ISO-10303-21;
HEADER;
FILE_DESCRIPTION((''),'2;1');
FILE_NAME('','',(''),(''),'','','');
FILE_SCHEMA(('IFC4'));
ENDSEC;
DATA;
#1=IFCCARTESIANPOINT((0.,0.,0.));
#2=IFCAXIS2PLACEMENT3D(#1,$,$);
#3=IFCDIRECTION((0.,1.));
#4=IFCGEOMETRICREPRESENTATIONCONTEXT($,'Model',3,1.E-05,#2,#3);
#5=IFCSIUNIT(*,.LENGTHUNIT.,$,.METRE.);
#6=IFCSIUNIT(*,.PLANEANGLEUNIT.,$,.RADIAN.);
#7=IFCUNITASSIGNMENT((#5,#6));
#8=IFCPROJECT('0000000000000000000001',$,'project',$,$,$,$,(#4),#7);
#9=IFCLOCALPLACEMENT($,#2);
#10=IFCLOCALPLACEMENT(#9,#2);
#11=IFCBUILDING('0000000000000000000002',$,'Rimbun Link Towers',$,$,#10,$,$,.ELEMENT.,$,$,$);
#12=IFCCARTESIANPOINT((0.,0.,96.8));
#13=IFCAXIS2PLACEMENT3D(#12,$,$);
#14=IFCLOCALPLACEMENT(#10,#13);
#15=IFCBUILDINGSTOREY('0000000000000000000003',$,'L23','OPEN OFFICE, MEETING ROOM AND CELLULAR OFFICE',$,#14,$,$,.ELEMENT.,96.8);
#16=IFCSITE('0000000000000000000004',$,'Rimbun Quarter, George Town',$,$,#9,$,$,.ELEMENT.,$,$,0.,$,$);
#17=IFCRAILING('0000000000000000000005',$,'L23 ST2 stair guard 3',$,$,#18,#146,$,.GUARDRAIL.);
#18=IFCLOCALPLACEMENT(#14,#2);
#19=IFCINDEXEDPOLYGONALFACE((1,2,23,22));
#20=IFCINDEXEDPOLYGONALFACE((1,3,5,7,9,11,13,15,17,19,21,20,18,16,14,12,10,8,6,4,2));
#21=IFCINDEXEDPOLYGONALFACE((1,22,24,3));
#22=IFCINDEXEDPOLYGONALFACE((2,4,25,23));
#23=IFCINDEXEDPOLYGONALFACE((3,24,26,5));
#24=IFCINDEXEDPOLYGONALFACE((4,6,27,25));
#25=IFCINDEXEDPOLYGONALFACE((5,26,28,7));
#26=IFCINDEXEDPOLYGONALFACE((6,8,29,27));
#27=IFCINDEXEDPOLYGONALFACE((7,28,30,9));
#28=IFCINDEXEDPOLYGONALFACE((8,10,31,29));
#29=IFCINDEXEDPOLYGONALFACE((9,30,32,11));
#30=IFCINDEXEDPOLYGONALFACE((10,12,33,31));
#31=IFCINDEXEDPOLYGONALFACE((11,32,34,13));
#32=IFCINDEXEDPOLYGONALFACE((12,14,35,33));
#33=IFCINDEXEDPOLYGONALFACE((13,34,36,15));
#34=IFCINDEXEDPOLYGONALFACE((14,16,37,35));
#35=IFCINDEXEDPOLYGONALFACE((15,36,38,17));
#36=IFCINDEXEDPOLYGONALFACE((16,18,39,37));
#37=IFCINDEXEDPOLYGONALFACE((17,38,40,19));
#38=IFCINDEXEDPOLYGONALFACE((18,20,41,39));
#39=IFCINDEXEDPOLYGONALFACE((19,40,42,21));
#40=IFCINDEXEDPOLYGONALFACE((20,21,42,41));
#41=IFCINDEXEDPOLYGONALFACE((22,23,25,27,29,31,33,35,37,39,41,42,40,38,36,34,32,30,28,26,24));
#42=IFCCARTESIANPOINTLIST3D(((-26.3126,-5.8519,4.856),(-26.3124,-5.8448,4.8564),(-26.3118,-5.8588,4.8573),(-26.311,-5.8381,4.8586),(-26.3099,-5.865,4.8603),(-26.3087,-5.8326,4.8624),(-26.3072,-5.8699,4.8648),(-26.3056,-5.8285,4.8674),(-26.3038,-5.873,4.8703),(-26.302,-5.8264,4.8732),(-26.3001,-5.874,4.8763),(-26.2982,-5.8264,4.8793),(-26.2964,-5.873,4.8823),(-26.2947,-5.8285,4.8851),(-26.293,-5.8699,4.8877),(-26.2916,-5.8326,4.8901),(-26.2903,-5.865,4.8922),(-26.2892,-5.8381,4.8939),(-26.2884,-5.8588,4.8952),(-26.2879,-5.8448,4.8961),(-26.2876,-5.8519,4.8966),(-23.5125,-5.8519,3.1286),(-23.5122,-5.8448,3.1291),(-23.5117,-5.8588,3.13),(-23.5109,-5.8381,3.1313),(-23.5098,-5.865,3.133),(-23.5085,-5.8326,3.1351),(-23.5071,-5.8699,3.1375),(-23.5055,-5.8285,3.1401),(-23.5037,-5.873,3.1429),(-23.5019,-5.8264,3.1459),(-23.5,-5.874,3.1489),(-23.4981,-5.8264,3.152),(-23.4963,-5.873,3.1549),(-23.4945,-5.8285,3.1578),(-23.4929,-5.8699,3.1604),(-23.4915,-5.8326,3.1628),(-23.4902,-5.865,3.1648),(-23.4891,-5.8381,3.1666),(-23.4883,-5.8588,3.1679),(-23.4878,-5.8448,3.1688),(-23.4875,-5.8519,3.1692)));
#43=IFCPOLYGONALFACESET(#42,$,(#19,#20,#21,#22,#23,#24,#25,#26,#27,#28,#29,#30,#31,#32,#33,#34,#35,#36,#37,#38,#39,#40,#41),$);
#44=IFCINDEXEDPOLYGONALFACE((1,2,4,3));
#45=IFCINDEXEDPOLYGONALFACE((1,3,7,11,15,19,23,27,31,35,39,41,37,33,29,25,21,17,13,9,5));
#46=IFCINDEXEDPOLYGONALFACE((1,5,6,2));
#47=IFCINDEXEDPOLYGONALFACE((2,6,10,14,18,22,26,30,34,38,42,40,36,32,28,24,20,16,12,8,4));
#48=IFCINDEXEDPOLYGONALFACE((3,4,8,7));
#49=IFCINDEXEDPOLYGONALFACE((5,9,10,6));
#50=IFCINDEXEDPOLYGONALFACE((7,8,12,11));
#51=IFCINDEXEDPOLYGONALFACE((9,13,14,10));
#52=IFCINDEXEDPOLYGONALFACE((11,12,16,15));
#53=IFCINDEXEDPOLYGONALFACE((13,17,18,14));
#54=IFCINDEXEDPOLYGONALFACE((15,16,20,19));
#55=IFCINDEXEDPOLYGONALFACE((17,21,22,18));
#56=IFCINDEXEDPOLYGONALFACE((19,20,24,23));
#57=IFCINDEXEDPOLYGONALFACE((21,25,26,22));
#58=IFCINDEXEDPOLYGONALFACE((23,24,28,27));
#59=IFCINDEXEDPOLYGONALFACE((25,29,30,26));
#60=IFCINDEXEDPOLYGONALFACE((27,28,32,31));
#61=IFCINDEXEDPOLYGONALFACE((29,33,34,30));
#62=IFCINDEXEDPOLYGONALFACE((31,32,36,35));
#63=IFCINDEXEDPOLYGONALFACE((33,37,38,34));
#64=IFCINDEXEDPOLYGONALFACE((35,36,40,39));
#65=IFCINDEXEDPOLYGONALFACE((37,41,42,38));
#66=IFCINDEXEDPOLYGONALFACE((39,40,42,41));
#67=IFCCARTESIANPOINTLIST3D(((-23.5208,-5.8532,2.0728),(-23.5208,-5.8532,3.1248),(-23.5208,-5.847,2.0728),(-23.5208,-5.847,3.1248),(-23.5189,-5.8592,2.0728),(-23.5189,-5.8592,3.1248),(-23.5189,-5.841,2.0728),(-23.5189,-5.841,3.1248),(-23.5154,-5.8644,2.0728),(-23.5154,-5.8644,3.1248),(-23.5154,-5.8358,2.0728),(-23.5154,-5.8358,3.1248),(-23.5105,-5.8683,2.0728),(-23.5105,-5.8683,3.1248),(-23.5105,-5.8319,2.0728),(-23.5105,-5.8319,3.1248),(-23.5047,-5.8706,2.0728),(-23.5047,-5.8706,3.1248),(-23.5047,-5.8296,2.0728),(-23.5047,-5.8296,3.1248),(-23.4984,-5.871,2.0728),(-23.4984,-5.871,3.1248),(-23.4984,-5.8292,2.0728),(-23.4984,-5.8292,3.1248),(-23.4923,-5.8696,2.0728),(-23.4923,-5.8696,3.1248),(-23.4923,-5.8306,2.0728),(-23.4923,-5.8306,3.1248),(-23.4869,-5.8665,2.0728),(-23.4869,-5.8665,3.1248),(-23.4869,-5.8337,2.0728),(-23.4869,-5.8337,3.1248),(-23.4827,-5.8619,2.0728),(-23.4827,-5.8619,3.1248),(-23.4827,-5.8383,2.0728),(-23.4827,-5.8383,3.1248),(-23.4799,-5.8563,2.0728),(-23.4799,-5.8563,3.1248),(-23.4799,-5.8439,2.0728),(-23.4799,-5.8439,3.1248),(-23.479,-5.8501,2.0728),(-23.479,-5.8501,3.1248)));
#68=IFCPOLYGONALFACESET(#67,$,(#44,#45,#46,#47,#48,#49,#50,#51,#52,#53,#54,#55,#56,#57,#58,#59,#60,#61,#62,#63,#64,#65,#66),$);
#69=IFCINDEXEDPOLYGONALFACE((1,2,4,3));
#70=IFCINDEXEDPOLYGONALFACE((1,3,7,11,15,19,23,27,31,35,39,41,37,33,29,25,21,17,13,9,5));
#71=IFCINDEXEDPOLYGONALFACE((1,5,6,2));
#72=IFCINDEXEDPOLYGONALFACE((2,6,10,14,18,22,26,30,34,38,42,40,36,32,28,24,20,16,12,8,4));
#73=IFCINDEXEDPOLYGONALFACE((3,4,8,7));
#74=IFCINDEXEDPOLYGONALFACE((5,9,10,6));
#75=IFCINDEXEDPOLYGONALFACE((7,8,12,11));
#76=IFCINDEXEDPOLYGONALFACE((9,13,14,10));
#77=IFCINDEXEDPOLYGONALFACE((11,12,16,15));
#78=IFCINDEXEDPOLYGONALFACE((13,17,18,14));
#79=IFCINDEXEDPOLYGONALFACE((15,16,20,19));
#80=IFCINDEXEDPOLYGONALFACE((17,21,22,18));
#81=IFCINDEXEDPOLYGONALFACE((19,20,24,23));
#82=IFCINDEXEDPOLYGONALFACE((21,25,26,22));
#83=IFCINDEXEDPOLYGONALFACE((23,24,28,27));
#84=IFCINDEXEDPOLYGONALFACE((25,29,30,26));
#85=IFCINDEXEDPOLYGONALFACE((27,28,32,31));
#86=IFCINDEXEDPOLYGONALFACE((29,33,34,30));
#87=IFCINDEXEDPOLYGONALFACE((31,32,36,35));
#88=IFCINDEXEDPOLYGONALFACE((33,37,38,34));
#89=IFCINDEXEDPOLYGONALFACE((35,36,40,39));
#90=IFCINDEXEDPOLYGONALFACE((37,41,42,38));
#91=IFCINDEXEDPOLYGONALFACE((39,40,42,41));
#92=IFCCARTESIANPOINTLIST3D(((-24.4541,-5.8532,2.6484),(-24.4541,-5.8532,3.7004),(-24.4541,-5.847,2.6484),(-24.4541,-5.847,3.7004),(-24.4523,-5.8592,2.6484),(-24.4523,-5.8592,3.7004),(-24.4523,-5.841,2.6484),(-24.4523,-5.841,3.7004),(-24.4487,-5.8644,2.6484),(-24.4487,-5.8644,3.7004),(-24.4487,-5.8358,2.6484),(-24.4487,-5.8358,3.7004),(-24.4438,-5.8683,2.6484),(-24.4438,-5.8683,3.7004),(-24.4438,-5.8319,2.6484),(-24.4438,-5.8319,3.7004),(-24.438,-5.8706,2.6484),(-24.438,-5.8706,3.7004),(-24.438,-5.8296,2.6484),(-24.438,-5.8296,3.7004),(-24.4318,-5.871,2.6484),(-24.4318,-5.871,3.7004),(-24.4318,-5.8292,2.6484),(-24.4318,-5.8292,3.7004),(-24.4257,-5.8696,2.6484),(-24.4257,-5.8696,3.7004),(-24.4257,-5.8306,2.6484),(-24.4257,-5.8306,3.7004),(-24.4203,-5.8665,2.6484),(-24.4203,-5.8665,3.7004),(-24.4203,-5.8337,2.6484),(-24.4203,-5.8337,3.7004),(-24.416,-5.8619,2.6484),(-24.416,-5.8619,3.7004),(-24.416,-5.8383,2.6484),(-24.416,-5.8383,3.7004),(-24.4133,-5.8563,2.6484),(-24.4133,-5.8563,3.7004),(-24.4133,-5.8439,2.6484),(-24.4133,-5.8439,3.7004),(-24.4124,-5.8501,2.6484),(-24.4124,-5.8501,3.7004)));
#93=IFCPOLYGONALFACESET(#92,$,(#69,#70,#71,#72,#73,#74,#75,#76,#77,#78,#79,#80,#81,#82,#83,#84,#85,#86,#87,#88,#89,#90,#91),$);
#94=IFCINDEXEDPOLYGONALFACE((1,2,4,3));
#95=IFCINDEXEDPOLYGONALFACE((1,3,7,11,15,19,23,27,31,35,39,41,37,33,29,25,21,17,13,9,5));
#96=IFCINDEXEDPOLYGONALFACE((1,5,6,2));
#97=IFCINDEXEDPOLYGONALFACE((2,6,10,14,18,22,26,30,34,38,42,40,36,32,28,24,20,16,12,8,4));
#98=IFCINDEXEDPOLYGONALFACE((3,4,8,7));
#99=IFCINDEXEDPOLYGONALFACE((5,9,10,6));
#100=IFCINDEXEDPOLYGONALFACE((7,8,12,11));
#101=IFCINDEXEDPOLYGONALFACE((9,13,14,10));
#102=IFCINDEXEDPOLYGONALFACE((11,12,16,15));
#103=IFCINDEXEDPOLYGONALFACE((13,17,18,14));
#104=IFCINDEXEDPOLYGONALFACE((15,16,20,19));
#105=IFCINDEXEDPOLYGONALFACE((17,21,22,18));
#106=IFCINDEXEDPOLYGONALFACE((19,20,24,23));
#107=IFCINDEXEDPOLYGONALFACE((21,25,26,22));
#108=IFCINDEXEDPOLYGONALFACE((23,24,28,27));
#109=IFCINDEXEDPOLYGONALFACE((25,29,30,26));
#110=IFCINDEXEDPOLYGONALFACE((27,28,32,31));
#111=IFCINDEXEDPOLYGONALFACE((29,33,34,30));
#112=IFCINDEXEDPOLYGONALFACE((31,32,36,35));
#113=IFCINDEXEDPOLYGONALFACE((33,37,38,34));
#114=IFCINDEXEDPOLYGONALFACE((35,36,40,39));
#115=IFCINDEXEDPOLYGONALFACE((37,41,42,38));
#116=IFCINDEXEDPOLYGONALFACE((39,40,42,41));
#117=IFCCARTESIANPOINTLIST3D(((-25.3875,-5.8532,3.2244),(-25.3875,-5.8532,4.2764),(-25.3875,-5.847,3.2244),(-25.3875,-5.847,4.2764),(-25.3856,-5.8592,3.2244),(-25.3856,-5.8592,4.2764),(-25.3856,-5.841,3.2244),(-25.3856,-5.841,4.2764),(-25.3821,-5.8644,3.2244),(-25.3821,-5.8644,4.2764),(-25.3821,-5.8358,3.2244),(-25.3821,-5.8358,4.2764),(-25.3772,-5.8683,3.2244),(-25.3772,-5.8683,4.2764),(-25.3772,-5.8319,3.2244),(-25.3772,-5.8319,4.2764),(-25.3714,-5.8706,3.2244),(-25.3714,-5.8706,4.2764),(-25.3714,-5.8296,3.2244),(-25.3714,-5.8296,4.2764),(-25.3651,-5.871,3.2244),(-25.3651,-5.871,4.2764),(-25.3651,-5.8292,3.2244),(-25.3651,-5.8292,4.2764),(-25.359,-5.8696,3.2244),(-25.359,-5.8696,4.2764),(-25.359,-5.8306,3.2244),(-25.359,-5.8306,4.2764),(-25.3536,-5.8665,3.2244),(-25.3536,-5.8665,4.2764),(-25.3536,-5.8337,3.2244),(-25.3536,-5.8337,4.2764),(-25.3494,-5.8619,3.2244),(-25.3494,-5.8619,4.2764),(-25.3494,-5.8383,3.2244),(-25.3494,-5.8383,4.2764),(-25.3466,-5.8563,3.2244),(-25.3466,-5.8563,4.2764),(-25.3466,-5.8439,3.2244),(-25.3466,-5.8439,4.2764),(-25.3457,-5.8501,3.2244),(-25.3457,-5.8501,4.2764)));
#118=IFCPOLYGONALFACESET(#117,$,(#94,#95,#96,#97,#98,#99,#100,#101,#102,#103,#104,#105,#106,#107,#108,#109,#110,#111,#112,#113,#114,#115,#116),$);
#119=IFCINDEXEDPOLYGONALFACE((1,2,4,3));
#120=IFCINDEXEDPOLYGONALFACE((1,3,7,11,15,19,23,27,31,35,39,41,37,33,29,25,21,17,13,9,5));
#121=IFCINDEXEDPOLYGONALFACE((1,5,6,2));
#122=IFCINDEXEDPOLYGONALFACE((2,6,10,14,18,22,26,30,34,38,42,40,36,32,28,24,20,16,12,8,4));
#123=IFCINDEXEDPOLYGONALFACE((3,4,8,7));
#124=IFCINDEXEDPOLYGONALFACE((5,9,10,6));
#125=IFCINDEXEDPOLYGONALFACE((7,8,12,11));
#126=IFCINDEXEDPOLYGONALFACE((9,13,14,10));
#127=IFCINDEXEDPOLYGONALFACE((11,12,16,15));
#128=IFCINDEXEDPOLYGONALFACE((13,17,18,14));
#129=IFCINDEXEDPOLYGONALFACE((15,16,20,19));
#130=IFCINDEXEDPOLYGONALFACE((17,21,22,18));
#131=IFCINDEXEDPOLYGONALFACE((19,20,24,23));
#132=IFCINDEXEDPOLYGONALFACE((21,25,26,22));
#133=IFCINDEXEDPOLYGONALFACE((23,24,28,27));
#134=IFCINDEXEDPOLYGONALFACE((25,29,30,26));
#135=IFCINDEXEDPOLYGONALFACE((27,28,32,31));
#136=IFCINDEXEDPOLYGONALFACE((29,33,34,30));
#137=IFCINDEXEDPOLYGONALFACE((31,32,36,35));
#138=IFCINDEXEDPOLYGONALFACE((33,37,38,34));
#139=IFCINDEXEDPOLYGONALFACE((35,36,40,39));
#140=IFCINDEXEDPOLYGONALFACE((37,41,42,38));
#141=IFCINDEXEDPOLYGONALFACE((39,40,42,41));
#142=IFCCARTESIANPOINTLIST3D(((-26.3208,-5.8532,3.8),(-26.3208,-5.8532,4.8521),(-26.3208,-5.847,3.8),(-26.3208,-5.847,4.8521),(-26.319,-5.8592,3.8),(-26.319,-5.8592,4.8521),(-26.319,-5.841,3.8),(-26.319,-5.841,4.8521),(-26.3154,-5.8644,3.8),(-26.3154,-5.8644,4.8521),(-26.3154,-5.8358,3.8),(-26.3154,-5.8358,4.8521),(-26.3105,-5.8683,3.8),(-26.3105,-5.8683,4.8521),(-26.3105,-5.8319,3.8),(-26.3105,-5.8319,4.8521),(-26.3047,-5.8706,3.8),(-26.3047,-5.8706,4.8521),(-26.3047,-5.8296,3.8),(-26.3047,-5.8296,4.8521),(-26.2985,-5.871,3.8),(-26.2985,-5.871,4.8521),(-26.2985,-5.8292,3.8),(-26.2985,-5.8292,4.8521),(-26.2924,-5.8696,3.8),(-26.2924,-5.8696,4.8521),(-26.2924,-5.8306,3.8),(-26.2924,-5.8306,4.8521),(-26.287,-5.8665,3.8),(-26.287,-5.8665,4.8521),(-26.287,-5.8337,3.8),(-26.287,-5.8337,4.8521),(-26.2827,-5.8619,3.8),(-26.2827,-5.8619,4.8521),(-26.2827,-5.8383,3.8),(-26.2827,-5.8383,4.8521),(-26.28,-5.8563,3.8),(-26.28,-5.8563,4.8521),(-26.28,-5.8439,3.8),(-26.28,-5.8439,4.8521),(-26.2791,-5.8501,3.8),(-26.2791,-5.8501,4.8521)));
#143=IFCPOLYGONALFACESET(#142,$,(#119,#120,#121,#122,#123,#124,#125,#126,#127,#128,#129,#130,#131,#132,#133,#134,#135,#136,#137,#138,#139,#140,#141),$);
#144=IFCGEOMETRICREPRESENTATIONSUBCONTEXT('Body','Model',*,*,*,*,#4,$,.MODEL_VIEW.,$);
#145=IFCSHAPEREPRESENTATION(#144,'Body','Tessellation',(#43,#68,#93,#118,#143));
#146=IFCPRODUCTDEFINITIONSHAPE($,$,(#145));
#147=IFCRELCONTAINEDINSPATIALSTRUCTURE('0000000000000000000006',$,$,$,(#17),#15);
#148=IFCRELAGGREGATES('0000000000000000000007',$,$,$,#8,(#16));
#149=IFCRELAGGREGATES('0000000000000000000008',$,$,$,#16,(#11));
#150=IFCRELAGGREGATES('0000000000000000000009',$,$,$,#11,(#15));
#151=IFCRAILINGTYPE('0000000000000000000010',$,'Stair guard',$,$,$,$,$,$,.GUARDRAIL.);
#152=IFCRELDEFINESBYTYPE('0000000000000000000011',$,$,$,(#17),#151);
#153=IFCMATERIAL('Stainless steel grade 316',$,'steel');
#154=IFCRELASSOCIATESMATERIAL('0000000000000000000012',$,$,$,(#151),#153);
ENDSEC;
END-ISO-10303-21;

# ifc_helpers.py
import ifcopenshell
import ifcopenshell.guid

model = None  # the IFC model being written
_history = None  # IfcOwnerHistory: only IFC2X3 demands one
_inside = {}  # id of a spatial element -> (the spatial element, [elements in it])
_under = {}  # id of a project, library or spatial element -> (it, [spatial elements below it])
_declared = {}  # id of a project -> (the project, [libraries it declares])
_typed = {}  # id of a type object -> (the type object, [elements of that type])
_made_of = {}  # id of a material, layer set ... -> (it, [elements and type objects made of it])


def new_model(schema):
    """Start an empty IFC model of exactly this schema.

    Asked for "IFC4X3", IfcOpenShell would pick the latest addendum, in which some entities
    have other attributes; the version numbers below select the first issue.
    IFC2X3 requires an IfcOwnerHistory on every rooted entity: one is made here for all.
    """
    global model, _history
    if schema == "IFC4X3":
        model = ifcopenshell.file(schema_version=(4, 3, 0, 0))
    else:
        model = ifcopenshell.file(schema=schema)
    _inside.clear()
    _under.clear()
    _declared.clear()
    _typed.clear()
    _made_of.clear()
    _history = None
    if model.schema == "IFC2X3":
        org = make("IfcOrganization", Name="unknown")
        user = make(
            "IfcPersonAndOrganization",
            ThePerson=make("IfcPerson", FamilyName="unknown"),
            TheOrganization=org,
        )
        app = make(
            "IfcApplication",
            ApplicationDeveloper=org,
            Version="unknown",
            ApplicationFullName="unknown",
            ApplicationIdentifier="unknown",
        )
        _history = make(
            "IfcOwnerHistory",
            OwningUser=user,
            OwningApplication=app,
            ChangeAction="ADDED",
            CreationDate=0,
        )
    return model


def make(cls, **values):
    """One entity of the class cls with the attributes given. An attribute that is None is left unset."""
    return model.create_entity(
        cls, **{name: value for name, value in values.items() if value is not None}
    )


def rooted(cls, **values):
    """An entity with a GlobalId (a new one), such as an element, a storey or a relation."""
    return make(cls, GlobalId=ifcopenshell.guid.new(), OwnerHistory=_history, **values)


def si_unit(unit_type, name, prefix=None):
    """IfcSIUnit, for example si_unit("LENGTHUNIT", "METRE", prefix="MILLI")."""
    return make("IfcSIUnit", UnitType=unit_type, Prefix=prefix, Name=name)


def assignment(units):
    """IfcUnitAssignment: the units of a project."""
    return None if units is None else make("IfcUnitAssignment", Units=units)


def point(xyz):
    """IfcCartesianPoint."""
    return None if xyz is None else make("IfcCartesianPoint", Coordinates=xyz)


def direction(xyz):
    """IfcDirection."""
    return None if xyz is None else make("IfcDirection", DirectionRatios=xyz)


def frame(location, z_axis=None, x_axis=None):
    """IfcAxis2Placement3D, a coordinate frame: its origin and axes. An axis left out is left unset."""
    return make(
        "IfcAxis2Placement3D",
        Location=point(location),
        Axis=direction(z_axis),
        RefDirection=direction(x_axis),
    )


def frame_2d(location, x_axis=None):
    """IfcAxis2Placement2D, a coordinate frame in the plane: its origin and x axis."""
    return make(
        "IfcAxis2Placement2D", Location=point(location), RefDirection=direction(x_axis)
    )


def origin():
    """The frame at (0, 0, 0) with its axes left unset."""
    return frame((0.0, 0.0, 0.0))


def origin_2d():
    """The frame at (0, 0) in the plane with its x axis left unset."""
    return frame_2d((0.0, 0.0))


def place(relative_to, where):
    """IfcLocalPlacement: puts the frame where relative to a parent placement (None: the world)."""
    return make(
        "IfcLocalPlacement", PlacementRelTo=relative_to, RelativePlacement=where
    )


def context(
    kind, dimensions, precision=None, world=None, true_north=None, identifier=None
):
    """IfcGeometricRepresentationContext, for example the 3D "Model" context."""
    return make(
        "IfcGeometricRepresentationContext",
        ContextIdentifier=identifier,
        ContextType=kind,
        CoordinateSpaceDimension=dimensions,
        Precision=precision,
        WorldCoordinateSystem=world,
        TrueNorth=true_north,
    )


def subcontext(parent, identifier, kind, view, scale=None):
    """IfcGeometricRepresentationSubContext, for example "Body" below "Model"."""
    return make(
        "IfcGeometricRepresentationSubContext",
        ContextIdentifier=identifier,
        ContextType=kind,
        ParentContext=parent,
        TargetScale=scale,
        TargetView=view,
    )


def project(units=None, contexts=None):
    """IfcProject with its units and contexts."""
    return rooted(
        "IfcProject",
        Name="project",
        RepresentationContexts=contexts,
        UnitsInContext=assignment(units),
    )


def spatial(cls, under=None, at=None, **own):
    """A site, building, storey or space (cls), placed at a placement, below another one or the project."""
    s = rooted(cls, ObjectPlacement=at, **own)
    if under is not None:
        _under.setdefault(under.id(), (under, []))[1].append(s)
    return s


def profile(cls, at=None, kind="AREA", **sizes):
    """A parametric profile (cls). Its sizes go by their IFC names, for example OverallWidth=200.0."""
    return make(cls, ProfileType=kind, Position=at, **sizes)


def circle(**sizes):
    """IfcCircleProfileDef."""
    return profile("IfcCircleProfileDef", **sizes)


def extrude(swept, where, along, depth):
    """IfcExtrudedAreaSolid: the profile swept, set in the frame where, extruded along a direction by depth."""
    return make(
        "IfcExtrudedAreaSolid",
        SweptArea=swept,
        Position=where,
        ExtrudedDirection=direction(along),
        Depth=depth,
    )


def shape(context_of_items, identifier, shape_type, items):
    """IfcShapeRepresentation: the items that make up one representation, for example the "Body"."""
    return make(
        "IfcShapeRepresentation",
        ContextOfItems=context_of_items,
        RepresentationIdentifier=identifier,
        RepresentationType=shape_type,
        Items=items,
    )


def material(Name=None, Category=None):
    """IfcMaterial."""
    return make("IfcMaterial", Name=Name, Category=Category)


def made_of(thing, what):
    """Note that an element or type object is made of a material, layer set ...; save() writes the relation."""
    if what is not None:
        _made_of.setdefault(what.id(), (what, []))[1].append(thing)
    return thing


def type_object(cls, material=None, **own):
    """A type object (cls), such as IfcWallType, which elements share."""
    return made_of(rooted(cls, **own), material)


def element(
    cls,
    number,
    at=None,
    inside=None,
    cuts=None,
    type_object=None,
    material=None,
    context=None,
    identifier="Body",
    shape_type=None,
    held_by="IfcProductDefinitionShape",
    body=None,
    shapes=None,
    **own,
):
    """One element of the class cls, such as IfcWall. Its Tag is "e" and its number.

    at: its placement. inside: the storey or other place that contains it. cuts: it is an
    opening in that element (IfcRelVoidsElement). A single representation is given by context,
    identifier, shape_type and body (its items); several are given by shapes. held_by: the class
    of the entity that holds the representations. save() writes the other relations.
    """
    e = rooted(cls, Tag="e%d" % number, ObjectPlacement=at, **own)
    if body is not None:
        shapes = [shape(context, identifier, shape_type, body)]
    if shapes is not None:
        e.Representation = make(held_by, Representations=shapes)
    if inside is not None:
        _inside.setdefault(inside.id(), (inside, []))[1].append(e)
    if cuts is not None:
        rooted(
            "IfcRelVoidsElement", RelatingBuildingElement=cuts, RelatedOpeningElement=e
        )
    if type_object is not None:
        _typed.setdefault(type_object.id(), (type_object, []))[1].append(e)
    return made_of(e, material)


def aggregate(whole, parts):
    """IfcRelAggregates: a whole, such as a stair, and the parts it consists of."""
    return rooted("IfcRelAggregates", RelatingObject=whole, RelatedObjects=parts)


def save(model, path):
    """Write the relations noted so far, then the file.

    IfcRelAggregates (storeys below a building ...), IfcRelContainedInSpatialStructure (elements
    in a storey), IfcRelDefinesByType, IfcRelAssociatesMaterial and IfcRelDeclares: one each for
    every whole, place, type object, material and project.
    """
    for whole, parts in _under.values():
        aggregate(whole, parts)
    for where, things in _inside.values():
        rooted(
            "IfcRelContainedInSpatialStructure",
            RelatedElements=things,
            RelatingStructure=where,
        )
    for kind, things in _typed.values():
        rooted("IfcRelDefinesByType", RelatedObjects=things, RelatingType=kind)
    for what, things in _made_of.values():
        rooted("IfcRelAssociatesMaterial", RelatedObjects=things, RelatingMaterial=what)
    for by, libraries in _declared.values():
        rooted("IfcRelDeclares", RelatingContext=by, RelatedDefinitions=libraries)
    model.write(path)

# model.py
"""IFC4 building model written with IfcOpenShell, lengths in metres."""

from ifc_helpers import new_model, si_unit, direction, frame, origin, origin_2d, place, context, subcontext, project, spatial, circle, extrude, material, type_object, element, save


model = new_model("IFC4")

# Units and contexts
model_context = context("Model", 3, precision=1e-05, world=origin(), true_north=direction((0.0, 1.0)))
body_context = subcontext(model_context, "Body", "Model", "MODEL_VIEW")
ifc_project = project(units=[si_unit("LENGTHUNIT", "METRE"), si_unit("PLANEANGLEUNIT", "RADIAN")], contexts=[model_context])

# Site, building, storey
site_placement = place(None, origin())
site = spatial("IfcSite", under=ifc_project, at=site_placement, Name="Rimbun Quarter, George Town", CompositionType="ELEMENT", RefElevation=0.0)
building_placement = place(site_placement, origin())
building = spatial("IfcBuilding", under=site, at=building_placement, Name="Rimbun Link Towers", CompositionType="ELEMENT")
storey_placement = place(building_placement, frame((0.0, 0.0, 96.8)))
storey = spatial("IfcBuildingStorey", under=building, at=storey_placement, Name="L23", Description="OPEN OFFICE, MEETING ROOM AND CELLULAR OFFICE", CompositionType="ELEMENT", Elevation=96.8)

# Railing
ifc_material_1 = material(Name="Stainless steel grade 316", Category="steel")
railing_type_1 = type_object("IfcRailingType", Name="Stair guard", PredefinedType="GUARDRAIL", material=ifc_material_1)
railing_1_placement = place(storey_placement, frame((-23.5, -5.8501, 2.0728)))
element("IfcRailing", 1, at=railing_1_placement, inside=storey, type_object=railing_type_1, Name="L23 ST2 stair guard 3", PredefinedType="GUARDRAIL", context=body_context, shape_type="SweptSolid", body=[
    extrude(circle(Radius=0.0239, at=origin_2d()), frame((0.0, 0.0, 1.0762), z_axis=(-0.85109, 0.0, 0.52502), x_axis=(0.0, -1.0, 0.0)), (0.0, 0.0, 1.0), 3.29),
    extrude(circle(Radius=0.021, at=origin_2d()), origin(), (0.0, 0.0, 1.0), 1.052),
    extrude(circle(Radius=0.021, at=origin_2d()), frame((-0.9333, 0.0, 0.5757)), (0.0, 0.0, 1.0), 1.052),
    extrude(circle(Radius=0.021, at=origin_2d()), frame((-1.8667, 0.0, 1.1516)), (0.0, 0.0, 1.0), 1.052),
    extrude(circle(Radius=0.021, at=origin_2d()), frame((-2.8, 0.0, 1.7273)), (0.0, 0.0, 1.0), 1.052),
])

save(model, "model.ifc")
